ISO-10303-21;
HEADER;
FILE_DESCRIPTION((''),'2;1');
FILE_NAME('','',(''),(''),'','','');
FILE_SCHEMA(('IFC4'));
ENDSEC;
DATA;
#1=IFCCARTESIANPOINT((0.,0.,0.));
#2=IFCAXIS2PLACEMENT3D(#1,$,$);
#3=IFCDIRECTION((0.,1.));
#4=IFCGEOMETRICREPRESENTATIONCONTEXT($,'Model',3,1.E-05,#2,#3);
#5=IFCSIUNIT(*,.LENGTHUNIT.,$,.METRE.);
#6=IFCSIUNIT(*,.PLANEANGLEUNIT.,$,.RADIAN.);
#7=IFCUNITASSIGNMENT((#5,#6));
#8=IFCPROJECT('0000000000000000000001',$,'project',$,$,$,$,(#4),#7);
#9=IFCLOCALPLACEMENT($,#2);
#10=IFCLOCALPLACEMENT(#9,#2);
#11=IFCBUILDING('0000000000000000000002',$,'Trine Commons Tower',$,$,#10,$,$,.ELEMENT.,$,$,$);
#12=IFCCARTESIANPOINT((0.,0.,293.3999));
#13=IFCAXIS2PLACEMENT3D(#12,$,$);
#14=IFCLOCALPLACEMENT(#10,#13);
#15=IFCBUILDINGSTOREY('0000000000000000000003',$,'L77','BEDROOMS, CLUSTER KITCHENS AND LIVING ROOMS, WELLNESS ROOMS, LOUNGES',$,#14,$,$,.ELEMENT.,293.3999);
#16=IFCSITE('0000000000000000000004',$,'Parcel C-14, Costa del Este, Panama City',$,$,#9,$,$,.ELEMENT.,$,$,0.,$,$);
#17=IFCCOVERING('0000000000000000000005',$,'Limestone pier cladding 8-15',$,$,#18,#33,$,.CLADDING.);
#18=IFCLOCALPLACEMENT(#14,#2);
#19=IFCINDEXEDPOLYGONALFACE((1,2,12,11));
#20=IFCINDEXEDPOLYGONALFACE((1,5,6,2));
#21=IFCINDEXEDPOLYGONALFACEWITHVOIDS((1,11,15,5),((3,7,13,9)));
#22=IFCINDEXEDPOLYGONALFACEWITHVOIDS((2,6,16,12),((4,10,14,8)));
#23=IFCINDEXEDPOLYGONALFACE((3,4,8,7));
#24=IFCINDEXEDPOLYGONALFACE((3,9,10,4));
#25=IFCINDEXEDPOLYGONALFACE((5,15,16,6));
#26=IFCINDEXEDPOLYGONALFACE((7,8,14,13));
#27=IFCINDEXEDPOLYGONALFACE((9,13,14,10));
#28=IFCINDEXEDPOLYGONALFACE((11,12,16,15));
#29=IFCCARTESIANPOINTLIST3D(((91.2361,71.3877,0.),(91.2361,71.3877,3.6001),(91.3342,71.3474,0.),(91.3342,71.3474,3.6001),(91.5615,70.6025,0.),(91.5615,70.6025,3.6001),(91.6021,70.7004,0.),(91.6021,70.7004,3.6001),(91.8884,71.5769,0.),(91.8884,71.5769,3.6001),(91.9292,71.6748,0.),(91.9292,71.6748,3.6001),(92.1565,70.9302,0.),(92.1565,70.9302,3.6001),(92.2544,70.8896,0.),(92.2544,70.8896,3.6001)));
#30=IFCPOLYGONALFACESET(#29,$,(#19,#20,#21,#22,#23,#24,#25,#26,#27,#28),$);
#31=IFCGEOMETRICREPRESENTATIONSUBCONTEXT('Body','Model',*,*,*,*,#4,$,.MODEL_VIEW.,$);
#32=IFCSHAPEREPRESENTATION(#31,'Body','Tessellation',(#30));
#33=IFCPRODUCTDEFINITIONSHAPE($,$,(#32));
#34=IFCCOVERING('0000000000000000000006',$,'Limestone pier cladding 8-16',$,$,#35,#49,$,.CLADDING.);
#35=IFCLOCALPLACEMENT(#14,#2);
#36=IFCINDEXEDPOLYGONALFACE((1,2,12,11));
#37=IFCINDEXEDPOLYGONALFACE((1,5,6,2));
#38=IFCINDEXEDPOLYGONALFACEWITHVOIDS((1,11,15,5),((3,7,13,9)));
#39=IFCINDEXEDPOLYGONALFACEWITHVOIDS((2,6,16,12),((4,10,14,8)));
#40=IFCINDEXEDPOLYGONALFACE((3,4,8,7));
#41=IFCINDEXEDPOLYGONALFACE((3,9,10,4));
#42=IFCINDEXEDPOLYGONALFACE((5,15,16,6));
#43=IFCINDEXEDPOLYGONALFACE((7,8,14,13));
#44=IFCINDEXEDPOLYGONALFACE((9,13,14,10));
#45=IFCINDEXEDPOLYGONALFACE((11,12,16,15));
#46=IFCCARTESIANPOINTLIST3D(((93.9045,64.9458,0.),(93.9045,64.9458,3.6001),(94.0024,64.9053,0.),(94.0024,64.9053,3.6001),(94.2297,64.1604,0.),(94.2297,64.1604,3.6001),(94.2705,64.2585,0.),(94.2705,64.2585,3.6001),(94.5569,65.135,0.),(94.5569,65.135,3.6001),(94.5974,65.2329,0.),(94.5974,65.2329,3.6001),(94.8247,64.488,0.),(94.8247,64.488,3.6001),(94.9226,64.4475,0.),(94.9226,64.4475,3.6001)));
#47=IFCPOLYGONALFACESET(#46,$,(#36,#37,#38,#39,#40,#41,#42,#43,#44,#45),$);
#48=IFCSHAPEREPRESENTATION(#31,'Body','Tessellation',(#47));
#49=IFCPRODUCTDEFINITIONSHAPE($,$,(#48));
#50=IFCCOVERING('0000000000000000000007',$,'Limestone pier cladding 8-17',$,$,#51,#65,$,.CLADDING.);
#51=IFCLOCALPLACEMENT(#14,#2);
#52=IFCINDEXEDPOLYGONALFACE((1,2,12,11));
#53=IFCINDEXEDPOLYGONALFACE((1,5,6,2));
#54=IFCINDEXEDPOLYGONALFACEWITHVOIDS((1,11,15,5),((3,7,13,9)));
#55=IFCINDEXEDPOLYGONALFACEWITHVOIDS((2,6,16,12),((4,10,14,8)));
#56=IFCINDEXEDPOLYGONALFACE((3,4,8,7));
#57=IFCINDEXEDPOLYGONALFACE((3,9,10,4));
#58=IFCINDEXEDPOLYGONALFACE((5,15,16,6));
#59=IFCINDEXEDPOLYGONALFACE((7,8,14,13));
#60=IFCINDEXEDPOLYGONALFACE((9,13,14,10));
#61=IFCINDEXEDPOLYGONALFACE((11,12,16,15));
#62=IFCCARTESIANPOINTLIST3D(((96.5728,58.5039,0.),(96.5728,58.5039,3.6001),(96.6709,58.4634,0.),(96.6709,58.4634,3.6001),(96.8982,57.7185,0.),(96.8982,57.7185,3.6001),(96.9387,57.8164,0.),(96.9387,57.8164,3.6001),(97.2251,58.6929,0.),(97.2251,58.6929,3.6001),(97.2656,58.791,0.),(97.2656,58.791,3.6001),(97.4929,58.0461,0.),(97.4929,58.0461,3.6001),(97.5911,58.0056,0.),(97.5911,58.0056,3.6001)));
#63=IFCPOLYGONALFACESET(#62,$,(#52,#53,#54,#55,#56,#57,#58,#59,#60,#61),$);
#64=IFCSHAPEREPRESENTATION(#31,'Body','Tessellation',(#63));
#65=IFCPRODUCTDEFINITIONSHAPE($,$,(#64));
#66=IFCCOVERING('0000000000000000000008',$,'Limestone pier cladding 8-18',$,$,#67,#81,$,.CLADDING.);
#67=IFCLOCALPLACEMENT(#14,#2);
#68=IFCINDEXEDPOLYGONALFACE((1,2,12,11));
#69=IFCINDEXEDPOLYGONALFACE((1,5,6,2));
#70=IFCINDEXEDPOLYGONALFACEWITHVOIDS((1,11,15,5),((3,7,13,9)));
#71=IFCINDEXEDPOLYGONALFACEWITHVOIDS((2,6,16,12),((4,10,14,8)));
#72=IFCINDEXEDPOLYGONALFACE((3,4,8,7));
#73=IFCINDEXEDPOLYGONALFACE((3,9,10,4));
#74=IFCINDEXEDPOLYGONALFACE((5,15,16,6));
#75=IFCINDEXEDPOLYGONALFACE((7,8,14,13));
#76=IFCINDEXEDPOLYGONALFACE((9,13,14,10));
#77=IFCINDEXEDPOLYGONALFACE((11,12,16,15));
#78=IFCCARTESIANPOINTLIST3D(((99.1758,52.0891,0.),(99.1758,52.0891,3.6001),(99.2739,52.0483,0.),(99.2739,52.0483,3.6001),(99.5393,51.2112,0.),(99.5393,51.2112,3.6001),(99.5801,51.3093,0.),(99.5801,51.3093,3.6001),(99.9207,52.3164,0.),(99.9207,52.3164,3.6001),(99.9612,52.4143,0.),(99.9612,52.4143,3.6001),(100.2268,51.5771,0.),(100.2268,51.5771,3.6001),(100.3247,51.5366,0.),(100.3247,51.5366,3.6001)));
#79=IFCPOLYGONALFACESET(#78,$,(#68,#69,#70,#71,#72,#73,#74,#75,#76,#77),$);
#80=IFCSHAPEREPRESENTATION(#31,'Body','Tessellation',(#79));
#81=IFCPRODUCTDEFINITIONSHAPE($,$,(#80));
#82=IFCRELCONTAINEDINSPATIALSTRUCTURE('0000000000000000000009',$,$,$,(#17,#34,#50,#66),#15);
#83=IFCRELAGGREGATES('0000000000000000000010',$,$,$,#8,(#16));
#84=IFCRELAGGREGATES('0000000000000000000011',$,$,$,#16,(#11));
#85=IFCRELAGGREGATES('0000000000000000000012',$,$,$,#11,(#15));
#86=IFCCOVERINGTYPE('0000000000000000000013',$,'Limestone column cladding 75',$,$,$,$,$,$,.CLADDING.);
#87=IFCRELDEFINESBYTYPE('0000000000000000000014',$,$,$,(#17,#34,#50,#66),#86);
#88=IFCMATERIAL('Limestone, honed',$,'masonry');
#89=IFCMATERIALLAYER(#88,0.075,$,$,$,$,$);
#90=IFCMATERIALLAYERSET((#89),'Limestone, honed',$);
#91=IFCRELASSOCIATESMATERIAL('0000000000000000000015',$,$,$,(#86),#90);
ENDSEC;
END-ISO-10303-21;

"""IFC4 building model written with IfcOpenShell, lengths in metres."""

from ifc_helpers import new_model, si_unit, direction, frame, origin, place, context, subcontext, project, spatial, polyline, outline, extrude, material, layer, layer_set, type_object, element, save


model = new_model("IFC4")

# Units and contexts
model_context = context("Model", 3, precision=1e-05, world=origin(), true_north=direction((0.0, 1.0)))
body_context = subcontext(model_context, "Body", "Model", "MODEL_VIEW")
ifc_project = project(units=[si_unit("LENGTHUNIT", "METRE"), si_unit("PLANEANGLEUNIT", "RADIAN")], contexts=[model_context])

# Site, building, storey
site_placement = place(None, origin())
site = spatial("IfcSite", under=ifc_project, at=site_placement, Name="Parcel C-14, Costa del Este, Panama City", CompositionType="ELEMENT", RefElevation=0.0)
building_placement = place(site_placement, origin())
building = spatial("IfcBuilding", under=site, at=building_placement, Name="Trine Commons Tower", CompositionType="ELEMENT")
storey_placement = place(building_placement, frame((0.0, 0.0, 293.3999)))
storey = spatial("IfcBuildingStorey", under=building, at=storey_placement, Name="L77", Description="BEDROOMS, CLUSTER KITCHENS AND LIVING ROOMS, WELLNESS ROOMS, LOUNGES", CompositionType="ELEMENT", Elevation=293.3999)

# Coverings
ifc_material_1 = material(Name="Limestone, honed", Category="masonry")
ifc_layer_1 = layer(ifc_material_1, 0.075)
ifc_layer_set_1 = layer_set([ifc_layer_1], Name="Limestone, honed")
covering_type_1 = type_object("IfcCoveringType", Name="Limestone column cladding 75", PredefinedType="CLADDING", material=ifc_layer_set_1)
covering_1_placement = place(storey_placement, origin())
element("IfcCovering", 1, at=covering_1_placement, inside=storey, type_object=covering_type_1, Name="Limestone pier cladding 8-15", PredefinedType="CLADDING", context=body_context, shape_type="SweptSolid", body=[
    extrude(outline(polyline([(91.9292, 71.6748), (91.2361, 71.3877), (91.5615, 70.6025), (92.2544, 70.8896), (91.9292, 71.6748)]), holes=[polyline([(91.8884, 71.5769), (91.3342, 71.3474), (91.6021, 70.7004), (92.1565, 70.9302), (91.8884, 71.5769)])]), origin(), (0.0, 0.0, 1.0), 3.6001),
])
covering_2_placement = place(storey_placement, origin())
element("IfcCovering", 2, at=covering_2_placement, inside=storey, type_object=covering_type_1, Name="Limestone pier cladding 8-16", PredefinedType="CLADDING", context=body_context, shape_type="SweptSolid", body=[
    extrude(outline(polyline([(94.5974, 65.2329), (93.9045, 64.9458), (94.2297, 64.1604), (94.9226, 64.4475), (94.5974, 65.2329)]), holes=[polyline([(94.5569, 65.135), (94.0024, 64.9053), (94.2705, 64.2585), (94.8247, 64.488), (94.5569, 65.135)])]), origin(), (0.0, 0.0, 1.0), 3.6001),
])
covering_3_placement = place(storey_placement, origin())
element("IfcCovering", 3, at=covering_3_placement, inside=storey, type_object=covering_type_1, Name="Limestone pier cladding 8-17", PredefinedType="CLADDING", context=body_context, shape_type="SweptSolid", body=[
    extrude(outline(polyline([(97.2656, 58.791), (96.5728, 58.5039), (96.8982, 57.7185), (97.5911, 58.0056), (97.2656, 58.791)]), holes=[polyline([(97.2251, 58.6929), (96.6709, 58.4634), (96.9387, 57.8164), (97.4929, 58.0461), (97.2251, 58.6929)])]), origin(), (0.0, 0.0, 1.0), 3.6001),
])
covering_4_placement = place(storey_placement, origin())
element("IfcCovering", 4, at=covering_4_placement, inside=storey, type_object=covering_type_1, Name="Limestone pier cladding 8-18", PredefinedType="CLADDING", context=body_context, shape_type="SweptSolid", body=[
    extrude(outline(polyline([(99.9612, 52.4143), (99.1758, 52.0891), (99.5393, 51.2112), (100.3247, 51.5366), (99.9612, 52.4143)]), holes=[polyline([(99.9207, 52.3164), (99.2739, 52.0483), (99.5801, 51.3093), (100.2268, 51.5771), (99.9207, 52.3164)])]), origin(), (0.0, 0.0, 1.0), 3.6001),
])

save(model, "model.ifc")
